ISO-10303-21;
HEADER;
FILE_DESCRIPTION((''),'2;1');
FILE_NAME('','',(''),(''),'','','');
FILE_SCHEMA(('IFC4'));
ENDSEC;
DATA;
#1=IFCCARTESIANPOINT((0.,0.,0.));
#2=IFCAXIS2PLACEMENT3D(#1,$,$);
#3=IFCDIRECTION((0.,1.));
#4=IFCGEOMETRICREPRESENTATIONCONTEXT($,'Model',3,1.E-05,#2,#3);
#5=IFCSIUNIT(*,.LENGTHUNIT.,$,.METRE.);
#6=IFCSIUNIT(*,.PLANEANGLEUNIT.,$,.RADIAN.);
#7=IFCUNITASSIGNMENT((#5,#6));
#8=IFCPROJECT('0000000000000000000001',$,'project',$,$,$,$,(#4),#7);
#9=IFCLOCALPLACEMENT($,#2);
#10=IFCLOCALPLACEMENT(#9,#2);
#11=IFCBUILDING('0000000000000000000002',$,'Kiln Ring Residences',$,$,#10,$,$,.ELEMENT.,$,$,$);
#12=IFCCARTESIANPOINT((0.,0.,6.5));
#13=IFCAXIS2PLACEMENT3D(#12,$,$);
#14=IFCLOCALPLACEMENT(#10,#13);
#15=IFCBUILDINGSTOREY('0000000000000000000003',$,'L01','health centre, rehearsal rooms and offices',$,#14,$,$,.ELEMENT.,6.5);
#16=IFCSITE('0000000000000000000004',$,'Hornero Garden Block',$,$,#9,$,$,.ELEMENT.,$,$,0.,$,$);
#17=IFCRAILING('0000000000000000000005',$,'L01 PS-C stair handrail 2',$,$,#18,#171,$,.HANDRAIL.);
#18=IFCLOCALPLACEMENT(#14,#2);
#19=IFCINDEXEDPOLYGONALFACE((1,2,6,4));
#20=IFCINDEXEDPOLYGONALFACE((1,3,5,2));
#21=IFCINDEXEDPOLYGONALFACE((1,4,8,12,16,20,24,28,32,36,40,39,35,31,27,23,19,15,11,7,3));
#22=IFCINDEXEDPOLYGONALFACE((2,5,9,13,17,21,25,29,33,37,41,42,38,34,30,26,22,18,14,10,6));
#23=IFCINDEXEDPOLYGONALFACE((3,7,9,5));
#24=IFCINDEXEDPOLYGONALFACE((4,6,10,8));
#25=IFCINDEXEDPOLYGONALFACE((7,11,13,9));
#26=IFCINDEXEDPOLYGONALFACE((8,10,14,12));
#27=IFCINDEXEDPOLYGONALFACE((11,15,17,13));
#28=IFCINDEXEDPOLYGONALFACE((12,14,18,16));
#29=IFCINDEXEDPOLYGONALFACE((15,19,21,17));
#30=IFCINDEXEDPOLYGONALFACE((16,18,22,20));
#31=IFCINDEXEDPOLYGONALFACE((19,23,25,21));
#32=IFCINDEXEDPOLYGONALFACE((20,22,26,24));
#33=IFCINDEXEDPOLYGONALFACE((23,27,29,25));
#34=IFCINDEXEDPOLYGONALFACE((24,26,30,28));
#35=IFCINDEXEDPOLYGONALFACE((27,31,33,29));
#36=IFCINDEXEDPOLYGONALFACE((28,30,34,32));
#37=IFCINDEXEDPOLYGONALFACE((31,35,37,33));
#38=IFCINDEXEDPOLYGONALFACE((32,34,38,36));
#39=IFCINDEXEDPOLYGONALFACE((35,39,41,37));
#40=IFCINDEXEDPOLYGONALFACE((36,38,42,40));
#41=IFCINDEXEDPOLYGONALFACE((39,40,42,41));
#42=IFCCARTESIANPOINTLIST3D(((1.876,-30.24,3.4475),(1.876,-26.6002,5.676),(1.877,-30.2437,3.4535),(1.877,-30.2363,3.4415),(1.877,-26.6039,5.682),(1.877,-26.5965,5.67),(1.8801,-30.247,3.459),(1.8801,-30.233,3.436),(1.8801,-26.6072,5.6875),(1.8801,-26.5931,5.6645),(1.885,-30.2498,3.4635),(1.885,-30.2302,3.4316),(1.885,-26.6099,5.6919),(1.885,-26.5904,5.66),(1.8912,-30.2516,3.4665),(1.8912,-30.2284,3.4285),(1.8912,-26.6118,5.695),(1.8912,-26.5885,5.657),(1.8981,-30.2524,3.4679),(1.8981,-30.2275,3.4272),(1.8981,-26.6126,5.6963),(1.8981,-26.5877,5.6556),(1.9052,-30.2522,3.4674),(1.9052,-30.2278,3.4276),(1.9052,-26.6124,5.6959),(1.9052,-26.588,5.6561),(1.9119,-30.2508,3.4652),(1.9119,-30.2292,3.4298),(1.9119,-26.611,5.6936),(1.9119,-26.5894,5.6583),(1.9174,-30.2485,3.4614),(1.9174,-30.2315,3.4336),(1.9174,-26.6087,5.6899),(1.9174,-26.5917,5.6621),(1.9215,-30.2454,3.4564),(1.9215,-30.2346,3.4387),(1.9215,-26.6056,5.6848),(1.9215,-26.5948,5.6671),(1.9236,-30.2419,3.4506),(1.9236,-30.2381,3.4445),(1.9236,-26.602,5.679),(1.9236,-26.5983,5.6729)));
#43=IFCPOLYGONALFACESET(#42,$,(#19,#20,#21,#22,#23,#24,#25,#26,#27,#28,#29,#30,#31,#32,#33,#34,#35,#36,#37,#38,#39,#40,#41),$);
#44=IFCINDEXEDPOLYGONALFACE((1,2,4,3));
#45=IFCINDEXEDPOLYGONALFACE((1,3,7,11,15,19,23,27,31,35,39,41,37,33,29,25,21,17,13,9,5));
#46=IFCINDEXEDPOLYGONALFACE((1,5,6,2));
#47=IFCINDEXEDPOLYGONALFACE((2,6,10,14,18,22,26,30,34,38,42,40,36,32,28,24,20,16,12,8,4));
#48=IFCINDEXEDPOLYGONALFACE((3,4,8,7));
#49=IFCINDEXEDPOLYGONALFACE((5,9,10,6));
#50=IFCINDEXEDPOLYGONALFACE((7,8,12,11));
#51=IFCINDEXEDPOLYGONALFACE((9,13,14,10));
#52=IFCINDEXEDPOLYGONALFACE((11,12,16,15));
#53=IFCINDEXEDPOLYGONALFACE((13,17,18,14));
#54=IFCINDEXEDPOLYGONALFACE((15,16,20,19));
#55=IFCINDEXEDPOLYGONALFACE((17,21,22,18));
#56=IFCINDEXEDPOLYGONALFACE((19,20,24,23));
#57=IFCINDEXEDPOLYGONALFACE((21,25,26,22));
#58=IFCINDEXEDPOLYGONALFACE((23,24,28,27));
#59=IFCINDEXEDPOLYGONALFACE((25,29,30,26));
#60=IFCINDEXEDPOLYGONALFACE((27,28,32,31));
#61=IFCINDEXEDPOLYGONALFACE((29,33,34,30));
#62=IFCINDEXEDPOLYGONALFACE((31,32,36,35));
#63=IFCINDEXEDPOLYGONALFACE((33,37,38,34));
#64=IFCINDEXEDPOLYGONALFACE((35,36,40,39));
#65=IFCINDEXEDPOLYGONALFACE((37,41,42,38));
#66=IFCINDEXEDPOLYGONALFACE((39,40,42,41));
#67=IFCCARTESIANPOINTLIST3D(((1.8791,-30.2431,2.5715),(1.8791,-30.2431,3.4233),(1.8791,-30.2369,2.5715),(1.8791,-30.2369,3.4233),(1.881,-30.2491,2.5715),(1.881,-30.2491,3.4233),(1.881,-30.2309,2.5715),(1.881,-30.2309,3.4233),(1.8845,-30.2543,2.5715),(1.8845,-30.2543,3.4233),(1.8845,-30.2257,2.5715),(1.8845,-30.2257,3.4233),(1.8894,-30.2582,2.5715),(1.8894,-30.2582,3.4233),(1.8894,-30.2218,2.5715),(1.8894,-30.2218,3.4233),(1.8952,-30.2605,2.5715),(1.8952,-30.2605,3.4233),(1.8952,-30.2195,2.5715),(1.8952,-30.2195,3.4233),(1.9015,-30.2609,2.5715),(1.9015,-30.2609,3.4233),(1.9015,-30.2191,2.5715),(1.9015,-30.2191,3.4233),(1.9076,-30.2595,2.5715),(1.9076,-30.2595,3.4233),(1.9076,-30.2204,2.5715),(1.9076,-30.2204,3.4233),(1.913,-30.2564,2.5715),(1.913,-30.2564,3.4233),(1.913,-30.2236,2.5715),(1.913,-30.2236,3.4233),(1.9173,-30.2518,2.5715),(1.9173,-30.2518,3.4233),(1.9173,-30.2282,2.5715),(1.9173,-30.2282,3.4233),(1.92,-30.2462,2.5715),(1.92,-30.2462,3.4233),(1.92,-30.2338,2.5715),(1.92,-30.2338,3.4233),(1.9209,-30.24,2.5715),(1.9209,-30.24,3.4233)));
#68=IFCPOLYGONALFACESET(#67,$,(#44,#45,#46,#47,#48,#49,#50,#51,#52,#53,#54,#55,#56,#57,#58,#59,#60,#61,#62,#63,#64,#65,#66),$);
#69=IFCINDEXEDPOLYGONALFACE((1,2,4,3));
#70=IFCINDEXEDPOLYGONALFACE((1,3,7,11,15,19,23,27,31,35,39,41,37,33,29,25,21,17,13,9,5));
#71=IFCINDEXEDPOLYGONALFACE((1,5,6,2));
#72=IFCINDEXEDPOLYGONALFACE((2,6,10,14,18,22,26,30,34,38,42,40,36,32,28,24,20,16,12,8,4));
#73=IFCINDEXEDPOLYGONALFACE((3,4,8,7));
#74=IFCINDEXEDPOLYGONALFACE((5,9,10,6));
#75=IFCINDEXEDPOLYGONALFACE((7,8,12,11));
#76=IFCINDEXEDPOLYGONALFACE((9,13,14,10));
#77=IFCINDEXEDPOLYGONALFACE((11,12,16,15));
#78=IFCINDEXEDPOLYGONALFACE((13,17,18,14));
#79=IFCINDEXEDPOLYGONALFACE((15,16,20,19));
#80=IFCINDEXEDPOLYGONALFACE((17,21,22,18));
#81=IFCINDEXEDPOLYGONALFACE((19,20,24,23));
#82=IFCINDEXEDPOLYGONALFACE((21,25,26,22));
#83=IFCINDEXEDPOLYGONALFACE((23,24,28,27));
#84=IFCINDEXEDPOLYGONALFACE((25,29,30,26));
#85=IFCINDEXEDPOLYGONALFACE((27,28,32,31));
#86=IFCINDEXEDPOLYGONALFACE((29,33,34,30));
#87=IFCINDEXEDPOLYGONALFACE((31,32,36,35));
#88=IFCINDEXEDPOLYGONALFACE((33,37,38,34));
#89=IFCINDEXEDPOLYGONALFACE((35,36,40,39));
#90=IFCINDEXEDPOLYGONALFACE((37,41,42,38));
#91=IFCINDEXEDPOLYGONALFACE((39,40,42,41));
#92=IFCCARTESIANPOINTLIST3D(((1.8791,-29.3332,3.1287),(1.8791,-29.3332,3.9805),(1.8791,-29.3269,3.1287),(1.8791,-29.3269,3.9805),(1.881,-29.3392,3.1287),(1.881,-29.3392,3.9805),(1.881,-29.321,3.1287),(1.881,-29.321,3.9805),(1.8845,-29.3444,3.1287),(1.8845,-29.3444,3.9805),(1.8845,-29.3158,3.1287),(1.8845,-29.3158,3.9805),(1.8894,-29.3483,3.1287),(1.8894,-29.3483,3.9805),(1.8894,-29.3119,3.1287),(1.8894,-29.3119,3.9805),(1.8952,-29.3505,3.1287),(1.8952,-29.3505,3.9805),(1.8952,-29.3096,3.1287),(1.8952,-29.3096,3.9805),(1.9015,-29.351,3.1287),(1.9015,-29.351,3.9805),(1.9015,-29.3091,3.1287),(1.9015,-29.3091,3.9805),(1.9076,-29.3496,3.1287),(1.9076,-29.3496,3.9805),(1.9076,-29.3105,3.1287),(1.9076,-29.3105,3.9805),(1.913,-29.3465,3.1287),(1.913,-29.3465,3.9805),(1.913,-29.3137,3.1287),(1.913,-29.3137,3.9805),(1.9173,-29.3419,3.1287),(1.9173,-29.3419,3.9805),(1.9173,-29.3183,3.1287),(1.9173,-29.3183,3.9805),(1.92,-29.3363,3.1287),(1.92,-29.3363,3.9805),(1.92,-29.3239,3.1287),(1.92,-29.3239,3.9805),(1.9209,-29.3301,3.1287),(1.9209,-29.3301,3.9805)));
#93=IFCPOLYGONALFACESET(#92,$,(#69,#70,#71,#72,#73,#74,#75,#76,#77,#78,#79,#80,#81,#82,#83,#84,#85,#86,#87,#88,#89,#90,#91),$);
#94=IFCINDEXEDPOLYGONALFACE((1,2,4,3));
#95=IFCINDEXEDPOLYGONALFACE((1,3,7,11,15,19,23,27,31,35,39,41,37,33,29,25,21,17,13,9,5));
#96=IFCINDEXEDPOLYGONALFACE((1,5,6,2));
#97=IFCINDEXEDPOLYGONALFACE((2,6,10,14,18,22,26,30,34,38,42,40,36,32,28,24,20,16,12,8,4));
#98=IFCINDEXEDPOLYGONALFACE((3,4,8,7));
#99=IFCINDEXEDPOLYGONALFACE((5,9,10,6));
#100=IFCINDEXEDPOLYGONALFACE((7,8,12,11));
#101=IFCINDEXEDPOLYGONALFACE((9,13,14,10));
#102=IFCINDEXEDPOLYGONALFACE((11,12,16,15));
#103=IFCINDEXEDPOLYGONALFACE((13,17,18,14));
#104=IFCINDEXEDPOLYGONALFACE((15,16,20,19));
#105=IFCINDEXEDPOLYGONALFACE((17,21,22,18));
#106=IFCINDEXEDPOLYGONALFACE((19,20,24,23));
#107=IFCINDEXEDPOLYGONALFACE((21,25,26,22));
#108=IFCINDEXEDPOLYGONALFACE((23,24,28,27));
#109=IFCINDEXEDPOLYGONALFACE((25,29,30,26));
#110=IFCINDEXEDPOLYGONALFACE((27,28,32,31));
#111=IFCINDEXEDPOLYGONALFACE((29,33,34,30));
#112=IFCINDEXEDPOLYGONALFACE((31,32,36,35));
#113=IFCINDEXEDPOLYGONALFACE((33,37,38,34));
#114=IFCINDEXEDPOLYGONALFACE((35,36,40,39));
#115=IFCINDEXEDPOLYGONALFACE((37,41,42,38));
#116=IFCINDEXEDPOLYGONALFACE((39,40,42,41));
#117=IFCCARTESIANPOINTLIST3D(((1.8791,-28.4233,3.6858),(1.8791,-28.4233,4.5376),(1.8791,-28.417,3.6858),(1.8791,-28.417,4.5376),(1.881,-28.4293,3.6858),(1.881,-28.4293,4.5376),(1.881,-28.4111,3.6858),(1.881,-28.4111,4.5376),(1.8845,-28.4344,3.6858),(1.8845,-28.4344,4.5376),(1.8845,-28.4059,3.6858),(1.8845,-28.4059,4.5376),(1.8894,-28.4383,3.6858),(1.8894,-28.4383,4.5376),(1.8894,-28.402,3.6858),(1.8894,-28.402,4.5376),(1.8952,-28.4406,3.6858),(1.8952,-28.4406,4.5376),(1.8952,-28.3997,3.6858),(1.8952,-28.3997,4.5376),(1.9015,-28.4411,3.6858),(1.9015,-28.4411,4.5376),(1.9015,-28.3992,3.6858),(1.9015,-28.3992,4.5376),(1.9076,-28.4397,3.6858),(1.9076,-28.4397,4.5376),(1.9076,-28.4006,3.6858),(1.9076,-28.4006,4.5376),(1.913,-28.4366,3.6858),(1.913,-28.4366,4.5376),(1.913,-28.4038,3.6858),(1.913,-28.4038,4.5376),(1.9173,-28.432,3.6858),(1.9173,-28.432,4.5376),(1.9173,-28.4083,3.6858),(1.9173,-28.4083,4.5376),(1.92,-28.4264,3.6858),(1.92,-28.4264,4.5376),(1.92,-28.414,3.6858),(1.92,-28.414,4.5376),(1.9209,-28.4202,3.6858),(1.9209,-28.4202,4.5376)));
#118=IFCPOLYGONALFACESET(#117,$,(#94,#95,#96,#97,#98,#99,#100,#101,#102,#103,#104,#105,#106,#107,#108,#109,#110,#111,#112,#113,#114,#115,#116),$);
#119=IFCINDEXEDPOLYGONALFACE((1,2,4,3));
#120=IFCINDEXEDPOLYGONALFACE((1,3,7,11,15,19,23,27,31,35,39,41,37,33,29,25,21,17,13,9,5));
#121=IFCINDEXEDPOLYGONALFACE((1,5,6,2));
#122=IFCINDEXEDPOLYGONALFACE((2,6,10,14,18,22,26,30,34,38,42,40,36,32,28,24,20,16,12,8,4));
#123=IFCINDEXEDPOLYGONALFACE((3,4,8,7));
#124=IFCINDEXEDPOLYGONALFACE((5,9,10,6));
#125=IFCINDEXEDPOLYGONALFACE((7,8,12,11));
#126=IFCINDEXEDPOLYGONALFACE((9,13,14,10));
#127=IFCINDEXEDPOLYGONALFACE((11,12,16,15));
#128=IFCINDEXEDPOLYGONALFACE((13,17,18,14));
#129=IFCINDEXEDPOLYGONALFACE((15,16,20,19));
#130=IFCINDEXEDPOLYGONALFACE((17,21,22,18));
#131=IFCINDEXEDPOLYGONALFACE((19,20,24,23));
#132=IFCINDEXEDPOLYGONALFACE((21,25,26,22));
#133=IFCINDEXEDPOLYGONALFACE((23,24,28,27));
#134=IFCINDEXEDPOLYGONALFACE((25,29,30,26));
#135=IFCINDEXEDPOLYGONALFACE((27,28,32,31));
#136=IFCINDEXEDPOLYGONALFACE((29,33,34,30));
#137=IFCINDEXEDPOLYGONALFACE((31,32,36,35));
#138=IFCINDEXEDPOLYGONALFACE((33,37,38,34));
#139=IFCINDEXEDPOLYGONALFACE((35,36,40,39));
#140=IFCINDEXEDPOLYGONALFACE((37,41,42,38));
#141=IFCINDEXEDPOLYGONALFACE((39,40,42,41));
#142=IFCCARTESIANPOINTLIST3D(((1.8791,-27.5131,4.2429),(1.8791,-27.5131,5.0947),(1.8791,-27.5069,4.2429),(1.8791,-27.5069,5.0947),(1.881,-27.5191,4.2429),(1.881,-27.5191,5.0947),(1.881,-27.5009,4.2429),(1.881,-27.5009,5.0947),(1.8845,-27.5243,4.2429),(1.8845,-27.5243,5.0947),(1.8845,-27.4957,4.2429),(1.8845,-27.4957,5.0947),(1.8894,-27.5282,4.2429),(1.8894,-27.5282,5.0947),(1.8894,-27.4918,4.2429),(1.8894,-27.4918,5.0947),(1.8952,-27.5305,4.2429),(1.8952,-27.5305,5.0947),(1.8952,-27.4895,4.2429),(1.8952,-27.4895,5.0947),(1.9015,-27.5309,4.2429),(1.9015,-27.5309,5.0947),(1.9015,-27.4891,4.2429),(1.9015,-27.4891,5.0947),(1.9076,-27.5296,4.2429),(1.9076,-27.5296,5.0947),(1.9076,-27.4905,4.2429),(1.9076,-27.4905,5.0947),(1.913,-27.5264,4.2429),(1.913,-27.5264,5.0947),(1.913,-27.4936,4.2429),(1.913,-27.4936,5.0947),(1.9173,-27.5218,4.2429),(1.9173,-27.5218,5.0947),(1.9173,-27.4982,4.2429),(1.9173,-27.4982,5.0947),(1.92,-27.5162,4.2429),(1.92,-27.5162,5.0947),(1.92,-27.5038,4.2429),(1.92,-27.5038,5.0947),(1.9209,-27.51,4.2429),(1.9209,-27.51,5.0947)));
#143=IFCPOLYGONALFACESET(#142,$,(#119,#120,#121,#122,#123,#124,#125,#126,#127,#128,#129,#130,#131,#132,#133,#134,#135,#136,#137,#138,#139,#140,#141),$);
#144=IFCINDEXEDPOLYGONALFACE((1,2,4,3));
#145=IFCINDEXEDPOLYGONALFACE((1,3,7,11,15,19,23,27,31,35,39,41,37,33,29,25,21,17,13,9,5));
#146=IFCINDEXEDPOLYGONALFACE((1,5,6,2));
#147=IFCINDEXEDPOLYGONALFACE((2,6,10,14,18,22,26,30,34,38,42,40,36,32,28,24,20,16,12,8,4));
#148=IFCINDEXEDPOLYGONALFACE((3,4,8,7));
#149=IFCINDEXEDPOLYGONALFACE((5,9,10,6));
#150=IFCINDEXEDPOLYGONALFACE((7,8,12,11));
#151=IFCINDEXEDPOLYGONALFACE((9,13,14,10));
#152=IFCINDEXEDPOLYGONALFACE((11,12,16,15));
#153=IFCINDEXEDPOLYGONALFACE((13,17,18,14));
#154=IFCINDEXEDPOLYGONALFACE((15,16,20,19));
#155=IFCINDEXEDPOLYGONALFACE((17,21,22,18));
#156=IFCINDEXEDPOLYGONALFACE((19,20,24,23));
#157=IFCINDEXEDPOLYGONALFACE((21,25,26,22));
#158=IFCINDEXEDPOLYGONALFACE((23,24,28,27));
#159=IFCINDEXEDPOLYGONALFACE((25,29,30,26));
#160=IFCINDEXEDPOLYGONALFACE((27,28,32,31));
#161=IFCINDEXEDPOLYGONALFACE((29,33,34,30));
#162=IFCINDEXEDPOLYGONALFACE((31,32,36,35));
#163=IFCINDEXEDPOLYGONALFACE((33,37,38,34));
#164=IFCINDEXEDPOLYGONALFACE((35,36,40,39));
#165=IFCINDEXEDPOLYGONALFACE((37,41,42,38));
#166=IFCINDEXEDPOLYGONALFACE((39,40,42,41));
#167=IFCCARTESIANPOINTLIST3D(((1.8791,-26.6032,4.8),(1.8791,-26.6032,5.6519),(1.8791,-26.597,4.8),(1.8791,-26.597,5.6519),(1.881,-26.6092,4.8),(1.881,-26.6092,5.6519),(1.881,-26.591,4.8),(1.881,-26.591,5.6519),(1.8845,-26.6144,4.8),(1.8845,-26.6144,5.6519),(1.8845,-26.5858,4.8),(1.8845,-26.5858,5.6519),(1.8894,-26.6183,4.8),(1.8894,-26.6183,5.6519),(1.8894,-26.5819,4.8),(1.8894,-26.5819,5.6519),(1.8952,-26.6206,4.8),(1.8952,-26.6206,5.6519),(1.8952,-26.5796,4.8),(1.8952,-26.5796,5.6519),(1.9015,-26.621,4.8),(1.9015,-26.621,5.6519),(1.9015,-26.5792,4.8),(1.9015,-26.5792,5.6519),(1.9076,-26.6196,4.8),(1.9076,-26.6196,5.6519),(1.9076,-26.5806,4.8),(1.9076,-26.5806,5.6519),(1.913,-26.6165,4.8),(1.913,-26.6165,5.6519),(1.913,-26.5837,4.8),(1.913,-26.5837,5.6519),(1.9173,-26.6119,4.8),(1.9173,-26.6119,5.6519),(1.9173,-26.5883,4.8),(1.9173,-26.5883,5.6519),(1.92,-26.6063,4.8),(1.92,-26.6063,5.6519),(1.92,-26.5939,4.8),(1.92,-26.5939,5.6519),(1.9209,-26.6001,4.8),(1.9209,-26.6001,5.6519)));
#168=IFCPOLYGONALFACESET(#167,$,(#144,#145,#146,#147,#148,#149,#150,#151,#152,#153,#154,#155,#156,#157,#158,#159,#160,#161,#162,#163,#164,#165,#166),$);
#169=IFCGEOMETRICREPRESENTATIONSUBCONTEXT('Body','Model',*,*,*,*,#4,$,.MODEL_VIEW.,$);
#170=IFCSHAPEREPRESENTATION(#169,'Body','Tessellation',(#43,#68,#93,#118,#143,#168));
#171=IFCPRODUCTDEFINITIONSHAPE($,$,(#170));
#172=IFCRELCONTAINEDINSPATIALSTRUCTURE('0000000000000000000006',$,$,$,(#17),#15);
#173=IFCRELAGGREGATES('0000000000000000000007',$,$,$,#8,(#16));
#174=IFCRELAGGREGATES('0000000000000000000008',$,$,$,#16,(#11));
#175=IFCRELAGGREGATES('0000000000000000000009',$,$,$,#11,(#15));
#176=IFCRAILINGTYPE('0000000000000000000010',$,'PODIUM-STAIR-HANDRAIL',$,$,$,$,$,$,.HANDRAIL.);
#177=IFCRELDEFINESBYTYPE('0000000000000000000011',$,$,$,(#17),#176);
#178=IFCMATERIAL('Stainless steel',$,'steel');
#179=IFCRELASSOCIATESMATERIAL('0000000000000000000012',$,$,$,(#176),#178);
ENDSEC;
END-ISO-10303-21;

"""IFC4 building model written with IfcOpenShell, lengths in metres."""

from ifc_helpers import new_model, si_unit, direction, frame, origin, origin_2d, place, context, subcontext, project, spatial, circle, extrude, material, type_object, element, save


model = new_model("IFC4")

# Units and contexts
model_context = context("Model", 3, precision=1e-05, world=origin(), true_north=direction((0.0, 1.0)))
body_context = subcontext(model_context, "Body", "Model", "MODEL_VIEW")
ifc_project = project(units=[si_unit("LENGTHUNIT", "METRE"), si_unit("PLANEANGLEUNIT", "RADIAN")], contexts=[model_context])

# Site, building, storey
site_placement = place(None, origin())
site = spatial("IfcSite", under=ifc_project, at=site_placement, Name="Hornero Garden Block", CompositionType="ELEMENT", RefElevation=0.0)
building_placement = place(site_placement, origin())
building = spatial("IfcBuilding", under=site, at=building_placement, Name="Kiln Ring Residences", CompositionType="ELEMENT")
storey_placement = place(building_placement, frame((0.0, 0.0, 6.5)))
storey = spatial("IfcBuildingStorey", under=building, at=storey_placement, Name="L01", Description="health centre, rehearsal rooms and offices", CompositionType="ELEMENT", Elevation=6.5)

# Railing
ifc_material_1 = material(Name="Stainless steel", Category="steel")
railing_type_1 = type_object("IfcRailingType", Name="PODIUM-STAIR-HANDRAIL", PredefinedType="HANDRAIL", material=ifc_material_1)
railing_1_placement = place(storey_placement, frame((1.8999, -30.24, 2.5715)))
element("IfcRailing", 1, at=railing_1_placement, inside=storey, type_object=railing_type_1, Name="L01 PS-C stair handrail 2", PredefinedType="HANDRAIL", context=body_context, shape_type="SweptSolid", body=[
    extrude(circle(Radius=0.0239, at=origin_2d()), frame((0.0, 0.0, 0.876), z_axis=(0.0, 0.85285, 0.522156), x_axis=(-1.0, 0.0, 0.0)), (0.0, 0.0, 1.0), 4.2678),
    extrude(circle(Radius=0.021, at=origin_2d()), origin(), (0.0, 0.0, 1.0), 0.8518),
    extrude(circle(Radius=0.021, at=origin_2d()), frame((0.0, 0.9099, 0.5571)), (0.0, 0.0, 1.0), 0.8518),
    extrude(circle(Radius=0.021, at=origin_2d()), frame((0.0, 1.8198, 1.1143)), (0.0, 0.0, 1.0), 0.8518),
    extrude(circle(Radius=0.021, at=origin_2d()), frame((0.0, 2.73, 1.6714)), (0.0, 0.0, 1.0), 0.8518),
    extrude(circle(Radius=0.021, at=origin_2d()), frame((0.0, 3.6399, 2.2285)), (0.0, 0.0, 1.0), 0.8518),
])

save(model, "model.ifc")
